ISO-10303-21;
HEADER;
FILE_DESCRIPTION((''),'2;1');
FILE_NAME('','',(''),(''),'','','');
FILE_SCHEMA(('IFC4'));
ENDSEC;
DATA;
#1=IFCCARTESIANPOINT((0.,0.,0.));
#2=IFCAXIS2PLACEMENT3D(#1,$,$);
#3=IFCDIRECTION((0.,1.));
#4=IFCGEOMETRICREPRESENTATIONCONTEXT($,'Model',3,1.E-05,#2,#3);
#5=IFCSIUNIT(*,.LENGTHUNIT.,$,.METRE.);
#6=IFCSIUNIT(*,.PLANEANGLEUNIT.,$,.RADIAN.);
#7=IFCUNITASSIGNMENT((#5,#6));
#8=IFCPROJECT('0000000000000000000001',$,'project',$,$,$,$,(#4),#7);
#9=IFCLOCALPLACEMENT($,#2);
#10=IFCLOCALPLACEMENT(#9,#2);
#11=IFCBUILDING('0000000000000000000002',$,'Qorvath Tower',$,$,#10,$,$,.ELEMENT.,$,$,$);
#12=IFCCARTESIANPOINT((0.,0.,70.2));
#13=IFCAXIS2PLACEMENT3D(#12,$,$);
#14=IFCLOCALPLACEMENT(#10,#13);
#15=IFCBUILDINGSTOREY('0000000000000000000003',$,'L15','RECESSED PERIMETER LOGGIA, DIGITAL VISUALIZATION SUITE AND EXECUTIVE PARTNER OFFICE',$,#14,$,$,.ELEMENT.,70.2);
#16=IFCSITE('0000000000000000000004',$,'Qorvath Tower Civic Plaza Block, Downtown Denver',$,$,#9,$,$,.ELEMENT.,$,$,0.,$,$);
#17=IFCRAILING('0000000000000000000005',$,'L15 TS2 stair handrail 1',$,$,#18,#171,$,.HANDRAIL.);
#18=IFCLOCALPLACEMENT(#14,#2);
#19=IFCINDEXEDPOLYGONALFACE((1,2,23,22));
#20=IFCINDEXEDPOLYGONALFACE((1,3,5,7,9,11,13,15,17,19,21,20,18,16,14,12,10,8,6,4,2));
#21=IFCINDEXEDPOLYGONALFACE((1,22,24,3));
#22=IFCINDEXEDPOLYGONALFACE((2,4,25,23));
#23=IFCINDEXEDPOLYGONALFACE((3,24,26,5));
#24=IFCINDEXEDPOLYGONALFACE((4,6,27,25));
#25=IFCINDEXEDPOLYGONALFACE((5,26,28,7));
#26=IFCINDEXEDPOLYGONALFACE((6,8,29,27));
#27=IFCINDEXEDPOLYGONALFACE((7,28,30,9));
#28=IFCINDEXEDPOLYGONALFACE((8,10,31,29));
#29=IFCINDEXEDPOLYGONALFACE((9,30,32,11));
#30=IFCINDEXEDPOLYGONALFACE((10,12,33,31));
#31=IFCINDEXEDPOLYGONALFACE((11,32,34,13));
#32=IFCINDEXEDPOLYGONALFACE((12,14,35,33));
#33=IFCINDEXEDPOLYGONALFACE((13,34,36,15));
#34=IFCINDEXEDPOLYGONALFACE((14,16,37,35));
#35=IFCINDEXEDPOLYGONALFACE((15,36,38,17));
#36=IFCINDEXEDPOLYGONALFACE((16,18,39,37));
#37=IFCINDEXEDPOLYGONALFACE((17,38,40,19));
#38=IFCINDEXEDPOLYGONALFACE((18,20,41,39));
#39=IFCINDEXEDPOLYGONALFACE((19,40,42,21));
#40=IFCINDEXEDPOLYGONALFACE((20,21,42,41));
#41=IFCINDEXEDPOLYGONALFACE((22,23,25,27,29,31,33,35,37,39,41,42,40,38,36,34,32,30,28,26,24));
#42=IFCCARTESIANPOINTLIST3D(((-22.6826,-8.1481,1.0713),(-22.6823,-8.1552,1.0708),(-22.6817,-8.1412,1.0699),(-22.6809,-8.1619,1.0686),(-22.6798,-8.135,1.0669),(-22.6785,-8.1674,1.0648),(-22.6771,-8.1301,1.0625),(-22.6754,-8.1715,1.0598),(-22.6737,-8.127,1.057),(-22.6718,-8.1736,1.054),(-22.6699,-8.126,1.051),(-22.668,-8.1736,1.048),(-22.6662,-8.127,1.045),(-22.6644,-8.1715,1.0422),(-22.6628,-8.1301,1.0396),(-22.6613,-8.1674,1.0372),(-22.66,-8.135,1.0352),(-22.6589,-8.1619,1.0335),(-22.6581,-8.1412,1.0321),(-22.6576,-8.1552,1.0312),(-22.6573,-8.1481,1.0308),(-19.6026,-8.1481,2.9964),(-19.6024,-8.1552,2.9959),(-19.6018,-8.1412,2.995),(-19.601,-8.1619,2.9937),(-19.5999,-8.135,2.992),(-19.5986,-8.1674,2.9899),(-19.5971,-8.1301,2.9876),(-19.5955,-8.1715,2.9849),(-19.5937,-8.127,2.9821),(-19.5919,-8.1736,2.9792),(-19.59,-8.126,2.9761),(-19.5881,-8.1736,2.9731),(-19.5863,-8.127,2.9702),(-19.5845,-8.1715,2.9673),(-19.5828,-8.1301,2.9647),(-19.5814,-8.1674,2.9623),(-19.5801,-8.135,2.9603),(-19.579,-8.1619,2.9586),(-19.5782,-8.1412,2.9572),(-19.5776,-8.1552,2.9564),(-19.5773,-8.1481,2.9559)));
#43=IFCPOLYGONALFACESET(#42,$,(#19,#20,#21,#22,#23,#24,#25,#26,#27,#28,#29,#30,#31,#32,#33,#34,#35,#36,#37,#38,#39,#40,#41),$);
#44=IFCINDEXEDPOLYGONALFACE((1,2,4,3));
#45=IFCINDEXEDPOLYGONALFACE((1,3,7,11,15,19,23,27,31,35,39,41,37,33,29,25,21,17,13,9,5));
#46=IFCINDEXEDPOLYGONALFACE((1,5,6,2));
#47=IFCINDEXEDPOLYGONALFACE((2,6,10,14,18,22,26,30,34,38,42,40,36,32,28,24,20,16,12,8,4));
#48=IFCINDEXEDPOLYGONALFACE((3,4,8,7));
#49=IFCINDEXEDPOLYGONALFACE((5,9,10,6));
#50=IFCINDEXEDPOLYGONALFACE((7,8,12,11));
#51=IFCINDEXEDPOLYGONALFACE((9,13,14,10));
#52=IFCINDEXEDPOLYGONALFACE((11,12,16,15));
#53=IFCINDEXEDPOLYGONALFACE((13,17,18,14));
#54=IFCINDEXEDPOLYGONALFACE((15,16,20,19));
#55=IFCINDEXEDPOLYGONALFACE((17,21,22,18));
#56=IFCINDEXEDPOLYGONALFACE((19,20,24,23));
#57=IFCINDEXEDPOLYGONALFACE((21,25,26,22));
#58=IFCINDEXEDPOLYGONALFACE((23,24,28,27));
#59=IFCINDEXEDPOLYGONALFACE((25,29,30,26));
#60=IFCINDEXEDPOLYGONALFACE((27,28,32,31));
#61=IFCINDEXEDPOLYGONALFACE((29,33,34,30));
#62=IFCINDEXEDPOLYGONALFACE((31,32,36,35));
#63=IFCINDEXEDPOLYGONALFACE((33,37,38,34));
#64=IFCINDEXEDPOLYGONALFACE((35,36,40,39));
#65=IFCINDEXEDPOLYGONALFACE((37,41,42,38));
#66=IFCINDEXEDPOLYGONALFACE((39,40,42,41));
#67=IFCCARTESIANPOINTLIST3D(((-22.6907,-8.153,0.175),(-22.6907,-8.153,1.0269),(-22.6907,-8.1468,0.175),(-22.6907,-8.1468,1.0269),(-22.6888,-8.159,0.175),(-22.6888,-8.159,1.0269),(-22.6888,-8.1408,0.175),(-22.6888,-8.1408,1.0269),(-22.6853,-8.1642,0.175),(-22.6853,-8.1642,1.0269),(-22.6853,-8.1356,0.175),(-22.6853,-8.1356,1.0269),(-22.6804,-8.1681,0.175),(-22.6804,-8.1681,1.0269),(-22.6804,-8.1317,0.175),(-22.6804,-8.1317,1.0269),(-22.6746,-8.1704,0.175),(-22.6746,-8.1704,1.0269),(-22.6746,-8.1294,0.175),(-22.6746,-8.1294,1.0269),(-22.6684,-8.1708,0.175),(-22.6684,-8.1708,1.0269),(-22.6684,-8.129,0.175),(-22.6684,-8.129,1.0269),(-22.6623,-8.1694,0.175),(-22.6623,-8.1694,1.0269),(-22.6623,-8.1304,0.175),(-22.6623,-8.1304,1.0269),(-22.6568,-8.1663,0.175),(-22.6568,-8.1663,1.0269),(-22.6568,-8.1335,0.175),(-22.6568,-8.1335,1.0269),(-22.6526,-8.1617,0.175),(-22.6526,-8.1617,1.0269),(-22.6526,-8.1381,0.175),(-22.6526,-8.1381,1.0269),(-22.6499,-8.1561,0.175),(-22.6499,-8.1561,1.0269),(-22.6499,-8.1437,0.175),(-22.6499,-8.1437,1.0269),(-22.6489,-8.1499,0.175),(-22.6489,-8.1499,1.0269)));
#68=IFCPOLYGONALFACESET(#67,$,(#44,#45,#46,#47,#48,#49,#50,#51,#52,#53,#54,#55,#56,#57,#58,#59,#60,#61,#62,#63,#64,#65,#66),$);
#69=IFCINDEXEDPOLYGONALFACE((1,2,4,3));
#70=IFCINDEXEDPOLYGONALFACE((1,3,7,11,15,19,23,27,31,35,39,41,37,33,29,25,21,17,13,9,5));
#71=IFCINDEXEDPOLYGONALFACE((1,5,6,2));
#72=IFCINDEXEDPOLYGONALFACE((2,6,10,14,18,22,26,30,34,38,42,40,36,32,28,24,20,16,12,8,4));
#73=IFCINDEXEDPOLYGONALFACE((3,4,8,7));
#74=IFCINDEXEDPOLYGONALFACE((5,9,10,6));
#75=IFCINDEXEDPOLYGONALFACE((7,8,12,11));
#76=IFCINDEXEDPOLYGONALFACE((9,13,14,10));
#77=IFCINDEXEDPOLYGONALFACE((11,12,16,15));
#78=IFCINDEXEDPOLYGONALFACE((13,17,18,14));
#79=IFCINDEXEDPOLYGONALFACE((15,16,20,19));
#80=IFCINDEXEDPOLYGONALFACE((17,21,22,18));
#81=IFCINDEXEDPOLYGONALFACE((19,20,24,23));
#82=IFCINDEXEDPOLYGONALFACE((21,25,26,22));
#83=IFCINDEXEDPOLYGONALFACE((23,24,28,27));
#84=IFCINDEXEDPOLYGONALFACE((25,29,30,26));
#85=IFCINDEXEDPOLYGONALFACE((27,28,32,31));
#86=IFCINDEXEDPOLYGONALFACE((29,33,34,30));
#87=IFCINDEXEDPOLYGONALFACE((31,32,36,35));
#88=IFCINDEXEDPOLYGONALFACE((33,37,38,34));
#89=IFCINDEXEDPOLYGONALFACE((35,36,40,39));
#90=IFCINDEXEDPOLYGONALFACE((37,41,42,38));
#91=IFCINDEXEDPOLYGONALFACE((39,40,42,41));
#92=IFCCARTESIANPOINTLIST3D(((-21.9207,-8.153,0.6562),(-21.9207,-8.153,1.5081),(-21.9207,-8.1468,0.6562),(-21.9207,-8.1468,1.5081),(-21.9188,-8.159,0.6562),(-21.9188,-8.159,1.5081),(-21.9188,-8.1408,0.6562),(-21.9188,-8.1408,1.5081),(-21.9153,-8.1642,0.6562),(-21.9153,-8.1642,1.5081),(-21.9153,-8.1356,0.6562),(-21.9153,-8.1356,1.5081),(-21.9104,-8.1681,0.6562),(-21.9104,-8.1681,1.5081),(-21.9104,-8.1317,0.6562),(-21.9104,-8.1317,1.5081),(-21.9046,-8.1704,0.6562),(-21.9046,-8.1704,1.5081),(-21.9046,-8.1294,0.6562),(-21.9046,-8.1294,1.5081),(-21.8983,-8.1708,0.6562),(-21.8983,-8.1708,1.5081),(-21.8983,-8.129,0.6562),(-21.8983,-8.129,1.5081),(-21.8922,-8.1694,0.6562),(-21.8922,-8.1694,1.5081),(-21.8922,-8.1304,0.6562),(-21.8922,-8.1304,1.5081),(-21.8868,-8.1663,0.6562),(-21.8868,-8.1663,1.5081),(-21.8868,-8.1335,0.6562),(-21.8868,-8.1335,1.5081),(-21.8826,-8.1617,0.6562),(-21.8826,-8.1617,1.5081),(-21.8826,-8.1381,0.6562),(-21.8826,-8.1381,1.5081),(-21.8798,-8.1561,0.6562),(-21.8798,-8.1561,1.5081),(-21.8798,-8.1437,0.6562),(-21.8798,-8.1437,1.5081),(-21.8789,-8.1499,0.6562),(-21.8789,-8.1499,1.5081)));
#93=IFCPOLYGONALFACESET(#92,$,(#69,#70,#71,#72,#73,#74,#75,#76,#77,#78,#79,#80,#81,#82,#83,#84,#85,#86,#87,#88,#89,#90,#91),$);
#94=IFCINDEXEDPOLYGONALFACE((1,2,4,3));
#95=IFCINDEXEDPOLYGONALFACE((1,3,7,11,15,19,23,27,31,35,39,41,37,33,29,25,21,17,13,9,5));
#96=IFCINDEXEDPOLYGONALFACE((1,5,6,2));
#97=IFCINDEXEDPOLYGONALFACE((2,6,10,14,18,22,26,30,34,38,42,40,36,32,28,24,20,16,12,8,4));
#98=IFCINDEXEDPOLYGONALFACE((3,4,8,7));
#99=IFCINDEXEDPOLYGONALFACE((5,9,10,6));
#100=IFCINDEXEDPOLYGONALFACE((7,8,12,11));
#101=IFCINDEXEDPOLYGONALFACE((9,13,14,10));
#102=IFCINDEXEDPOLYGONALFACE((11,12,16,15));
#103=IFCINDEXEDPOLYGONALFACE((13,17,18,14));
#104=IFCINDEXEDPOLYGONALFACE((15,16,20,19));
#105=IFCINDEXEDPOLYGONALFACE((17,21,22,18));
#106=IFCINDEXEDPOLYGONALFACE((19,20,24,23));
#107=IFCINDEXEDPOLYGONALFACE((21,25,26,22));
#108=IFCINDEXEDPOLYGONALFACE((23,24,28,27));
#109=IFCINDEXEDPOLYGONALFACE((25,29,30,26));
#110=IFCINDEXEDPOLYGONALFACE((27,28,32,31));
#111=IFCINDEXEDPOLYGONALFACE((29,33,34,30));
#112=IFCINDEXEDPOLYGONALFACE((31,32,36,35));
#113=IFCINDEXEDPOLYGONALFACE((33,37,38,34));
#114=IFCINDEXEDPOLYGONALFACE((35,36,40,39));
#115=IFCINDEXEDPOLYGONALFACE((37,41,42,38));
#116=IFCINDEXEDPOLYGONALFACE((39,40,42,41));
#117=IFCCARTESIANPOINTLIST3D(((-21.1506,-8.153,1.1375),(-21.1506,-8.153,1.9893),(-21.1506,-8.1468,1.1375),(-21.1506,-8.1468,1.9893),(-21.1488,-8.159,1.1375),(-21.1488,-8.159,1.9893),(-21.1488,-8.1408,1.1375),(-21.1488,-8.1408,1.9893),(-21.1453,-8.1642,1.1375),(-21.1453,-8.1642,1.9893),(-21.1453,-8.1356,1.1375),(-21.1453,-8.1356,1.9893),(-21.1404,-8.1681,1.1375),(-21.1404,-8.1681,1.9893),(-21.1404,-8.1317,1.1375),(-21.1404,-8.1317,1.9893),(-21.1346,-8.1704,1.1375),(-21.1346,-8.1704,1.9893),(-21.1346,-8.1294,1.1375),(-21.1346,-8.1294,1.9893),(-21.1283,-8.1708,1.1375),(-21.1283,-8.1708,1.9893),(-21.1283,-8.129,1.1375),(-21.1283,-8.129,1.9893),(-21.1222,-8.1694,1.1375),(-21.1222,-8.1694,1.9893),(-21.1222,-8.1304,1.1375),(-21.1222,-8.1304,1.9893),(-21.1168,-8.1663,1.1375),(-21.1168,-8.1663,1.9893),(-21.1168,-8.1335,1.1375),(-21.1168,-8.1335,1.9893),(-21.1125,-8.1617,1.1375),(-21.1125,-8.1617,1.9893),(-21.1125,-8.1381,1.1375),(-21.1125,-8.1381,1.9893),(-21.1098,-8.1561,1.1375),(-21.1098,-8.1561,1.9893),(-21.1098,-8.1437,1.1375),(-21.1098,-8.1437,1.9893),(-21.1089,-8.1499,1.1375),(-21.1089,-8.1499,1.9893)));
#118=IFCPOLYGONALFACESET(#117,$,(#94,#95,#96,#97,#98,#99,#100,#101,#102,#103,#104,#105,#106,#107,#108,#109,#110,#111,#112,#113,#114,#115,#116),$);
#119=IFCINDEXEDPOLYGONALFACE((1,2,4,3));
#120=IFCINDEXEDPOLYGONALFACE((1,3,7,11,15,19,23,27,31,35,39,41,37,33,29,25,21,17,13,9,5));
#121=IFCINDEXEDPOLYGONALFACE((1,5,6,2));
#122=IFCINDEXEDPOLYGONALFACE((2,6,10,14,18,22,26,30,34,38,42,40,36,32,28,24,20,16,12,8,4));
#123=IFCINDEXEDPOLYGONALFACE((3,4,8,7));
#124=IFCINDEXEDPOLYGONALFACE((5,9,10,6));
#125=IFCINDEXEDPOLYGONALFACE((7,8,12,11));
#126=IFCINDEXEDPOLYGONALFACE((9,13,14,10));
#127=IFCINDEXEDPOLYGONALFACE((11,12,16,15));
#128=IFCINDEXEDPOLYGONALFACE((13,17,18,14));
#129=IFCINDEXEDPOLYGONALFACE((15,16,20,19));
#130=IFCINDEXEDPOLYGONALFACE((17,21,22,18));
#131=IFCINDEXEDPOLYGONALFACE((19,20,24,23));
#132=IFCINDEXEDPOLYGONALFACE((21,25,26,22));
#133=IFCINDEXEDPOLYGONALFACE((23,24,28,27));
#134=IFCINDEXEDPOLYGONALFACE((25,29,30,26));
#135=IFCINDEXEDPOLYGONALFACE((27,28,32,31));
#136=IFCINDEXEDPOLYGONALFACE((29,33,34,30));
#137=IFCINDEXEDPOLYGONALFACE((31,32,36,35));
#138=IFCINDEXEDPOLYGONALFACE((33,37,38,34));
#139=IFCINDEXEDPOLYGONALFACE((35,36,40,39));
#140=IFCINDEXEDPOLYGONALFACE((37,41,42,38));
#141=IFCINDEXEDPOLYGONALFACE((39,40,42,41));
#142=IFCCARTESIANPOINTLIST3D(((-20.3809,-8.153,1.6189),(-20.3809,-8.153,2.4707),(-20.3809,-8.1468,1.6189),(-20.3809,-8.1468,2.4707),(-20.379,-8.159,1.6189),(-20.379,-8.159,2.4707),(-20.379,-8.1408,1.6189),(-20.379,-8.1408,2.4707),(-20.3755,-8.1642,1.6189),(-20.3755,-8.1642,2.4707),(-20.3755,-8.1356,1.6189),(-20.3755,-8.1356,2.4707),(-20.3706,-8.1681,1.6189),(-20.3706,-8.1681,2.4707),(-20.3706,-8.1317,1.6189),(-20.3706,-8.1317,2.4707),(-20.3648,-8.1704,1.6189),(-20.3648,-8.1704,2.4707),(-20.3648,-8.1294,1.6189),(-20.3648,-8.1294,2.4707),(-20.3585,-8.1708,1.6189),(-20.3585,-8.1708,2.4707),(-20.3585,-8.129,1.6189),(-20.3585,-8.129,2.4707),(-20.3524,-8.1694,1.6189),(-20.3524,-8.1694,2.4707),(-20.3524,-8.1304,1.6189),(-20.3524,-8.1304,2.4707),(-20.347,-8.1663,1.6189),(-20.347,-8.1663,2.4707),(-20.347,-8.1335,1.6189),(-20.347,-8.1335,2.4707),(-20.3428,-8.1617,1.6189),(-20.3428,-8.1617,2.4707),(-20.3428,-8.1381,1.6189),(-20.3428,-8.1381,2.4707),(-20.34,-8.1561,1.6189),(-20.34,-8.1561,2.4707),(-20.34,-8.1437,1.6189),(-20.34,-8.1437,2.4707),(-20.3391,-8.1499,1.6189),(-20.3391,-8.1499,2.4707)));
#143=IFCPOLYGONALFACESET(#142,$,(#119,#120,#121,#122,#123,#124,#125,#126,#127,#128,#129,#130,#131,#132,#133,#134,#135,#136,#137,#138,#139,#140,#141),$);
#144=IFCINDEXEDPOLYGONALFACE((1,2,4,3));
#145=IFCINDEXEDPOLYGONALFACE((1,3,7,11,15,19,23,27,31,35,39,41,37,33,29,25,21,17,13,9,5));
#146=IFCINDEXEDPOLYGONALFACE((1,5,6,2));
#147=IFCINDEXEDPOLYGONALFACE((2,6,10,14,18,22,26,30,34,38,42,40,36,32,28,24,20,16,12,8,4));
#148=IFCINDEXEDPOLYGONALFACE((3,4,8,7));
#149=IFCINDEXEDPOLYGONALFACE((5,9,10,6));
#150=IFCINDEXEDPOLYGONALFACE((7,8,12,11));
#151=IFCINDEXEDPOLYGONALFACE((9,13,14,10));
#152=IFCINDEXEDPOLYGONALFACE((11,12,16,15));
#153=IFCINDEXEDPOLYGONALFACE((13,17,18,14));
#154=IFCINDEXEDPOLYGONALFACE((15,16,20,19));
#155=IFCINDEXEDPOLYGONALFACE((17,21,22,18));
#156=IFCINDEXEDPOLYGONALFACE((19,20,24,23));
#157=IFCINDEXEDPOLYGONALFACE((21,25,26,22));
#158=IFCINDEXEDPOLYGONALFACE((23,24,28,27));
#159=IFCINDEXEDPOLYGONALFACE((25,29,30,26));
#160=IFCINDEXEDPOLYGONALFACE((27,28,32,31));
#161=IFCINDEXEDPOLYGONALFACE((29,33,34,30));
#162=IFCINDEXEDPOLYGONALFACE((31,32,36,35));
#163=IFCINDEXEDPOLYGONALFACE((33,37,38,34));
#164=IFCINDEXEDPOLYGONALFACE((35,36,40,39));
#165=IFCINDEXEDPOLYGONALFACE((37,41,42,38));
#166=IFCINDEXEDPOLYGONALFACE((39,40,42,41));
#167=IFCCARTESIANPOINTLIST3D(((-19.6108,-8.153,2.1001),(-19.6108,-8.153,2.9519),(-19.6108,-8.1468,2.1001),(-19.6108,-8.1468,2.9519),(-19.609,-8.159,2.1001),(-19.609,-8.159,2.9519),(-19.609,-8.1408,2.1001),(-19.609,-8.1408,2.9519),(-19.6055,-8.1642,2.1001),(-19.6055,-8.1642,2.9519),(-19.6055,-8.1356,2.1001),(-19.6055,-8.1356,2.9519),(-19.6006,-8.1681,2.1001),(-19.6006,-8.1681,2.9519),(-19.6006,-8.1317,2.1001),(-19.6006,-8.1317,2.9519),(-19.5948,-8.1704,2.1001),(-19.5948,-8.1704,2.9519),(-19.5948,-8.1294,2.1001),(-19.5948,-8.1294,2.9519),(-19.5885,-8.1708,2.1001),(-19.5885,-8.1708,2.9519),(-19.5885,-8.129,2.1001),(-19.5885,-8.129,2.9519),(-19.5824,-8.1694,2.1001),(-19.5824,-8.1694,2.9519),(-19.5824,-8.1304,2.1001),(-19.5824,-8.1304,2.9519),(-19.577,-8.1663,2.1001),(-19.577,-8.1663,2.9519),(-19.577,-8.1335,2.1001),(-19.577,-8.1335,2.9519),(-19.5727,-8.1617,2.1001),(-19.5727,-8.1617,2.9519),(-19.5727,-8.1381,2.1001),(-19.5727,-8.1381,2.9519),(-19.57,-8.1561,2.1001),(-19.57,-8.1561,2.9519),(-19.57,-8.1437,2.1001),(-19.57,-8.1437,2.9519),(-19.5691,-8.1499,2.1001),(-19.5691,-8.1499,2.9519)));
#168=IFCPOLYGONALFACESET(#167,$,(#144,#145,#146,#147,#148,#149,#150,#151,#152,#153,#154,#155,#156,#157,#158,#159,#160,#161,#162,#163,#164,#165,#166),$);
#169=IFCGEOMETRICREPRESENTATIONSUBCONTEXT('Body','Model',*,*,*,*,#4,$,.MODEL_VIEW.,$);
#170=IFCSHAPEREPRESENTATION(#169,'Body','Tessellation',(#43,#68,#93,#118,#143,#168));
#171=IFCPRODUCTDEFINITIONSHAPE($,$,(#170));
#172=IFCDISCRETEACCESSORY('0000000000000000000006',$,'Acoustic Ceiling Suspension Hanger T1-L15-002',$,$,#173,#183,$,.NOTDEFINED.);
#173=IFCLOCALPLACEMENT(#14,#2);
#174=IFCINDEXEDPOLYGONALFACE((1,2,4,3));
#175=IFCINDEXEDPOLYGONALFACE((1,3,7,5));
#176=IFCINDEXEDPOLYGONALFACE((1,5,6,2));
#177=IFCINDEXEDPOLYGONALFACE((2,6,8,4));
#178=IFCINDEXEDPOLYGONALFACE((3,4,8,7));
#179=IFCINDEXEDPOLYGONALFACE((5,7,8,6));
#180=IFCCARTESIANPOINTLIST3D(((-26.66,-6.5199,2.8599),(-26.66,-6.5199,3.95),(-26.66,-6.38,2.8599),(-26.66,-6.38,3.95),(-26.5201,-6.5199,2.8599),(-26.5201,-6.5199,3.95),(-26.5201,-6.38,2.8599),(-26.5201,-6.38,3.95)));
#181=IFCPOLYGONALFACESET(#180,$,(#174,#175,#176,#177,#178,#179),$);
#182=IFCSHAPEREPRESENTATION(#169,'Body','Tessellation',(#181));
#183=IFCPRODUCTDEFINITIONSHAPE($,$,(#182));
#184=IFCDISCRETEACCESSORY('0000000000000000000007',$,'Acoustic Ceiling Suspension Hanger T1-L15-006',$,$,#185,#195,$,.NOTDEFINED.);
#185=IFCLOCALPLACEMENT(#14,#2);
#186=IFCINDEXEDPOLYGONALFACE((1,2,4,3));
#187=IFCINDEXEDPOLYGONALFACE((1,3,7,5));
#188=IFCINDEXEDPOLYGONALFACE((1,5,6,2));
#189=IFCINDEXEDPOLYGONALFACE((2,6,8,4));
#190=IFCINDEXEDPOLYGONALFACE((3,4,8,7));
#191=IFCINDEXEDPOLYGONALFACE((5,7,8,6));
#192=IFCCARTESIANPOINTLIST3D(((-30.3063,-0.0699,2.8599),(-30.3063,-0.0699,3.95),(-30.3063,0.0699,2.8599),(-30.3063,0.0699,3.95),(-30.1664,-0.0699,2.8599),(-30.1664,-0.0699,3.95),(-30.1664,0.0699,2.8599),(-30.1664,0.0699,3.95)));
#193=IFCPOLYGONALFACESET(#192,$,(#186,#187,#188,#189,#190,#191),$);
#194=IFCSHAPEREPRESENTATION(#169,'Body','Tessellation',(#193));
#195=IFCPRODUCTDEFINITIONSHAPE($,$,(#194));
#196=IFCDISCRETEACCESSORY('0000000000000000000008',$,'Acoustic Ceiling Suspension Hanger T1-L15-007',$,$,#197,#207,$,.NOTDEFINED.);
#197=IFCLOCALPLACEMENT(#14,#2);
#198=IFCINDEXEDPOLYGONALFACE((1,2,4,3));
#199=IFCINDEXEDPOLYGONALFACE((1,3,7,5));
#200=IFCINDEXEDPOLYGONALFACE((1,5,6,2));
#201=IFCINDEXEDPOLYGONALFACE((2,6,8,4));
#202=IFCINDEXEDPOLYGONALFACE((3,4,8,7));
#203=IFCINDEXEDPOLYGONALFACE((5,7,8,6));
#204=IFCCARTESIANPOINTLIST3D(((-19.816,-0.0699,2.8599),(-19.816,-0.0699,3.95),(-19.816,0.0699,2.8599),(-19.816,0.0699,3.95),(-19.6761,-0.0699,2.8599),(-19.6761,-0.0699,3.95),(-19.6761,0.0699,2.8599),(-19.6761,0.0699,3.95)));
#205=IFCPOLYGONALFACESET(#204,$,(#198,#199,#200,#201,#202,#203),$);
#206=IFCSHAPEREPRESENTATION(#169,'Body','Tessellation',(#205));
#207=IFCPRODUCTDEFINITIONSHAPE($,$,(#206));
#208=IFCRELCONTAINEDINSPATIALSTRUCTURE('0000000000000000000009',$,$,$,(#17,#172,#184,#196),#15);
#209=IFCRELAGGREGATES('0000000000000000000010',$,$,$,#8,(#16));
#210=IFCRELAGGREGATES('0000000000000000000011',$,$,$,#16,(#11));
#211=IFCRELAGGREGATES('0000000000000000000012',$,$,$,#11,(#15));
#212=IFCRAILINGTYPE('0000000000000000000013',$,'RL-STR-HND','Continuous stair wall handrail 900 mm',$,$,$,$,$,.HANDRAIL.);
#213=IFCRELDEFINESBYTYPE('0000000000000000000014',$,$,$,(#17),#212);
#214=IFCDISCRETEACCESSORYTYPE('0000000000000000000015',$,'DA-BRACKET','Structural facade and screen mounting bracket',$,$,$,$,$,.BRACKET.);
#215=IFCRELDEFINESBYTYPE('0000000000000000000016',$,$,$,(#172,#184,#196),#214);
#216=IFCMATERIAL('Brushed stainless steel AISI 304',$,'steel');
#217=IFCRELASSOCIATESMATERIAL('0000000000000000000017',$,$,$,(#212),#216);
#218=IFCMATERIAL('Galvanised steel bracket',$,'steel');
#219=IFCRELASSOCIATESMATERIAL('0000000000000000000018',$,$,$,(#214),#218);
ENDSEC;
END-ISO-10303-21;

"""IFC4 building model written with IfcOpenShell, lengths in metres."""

from ifc_helpers import new_model, si_unit, direction, frame, origin, origin_2d, place, context, subcontext, project, spatial, rectangle, circle, extrude, material, type_object, element, save


model = new_model("IFC4")

# Units and contexts
model_context = context("Model", 3, precision=1e-05, world=origin(), true_north=direction((0.0, 1.0)))
body_context = subcontext(model_context, "Body", "Model", "MODEL_VIEW")
ifc_project = project(units=[si_unit("LENGTHUNIT", "METRE"), si_unit("PLANEANGLEUNIT", "RADIAN")], contexts=[model_context])

# Site, building, storey
site_placement = place(None, origin())
site = spatial("IfcSite", under=ifc_project, at=site_placement, Name="Qorvath Tower Civic Plaza Block, Downtown Denver", CompositionType="ELEMENT", RefElevation=0.0)
building_placement = place(site_placement, origin())
building = spatial("IfcBuilding", under=site, at=building_placement, Name="Qorvath Tower", CompositionType="ELEMENT")
storey_placement = place(building_placement, frame((0.0, 0.0, 70.2)))
storey = spatial("IfcBuildingStorey", under=building, at=storey_placement, Name="L15", Description="RECESSED PERIMETER LOGGIA, DIGITAL VISUALIZATION SUITE AND EXECUTIVE PARTNER OFFICE", CompositionType="ELEMENT", Elevation=70.2)

# Railing
ifc_material_1 = material(Name="Brushed stainless steel AISI 304", Category="steel")
railing_type_1 = type_object("IfcRailingType", Name="RL-STR-HND", Description="Continuous stair wall handrail 900 mm", PredefinedType="HANDRAIL", material=ifc_material_1)
railing_1_placement = place(storey_placement, frame((-22.6699, -8.1499, 0.175)))
element("IfcRailing", 1, at=railing_1_placement, inside=storey, type_object=railing_type_1, Name="L15 TS2 stair handrail 1", PredefinedType="HANDRAIL", context=body_context, shape_type="SweptSolid", body=[
    extrude(circle(Radius=0.0239, at=origin_2d()), frame((0.0, 0.0, 0.876), z_axis=(0.847979, 0.0, 0.530029), x_axis=(0.0, 1.0, 0.0)), (0.0, 0.0, 1.0), 3.6321),
    extrude(circle(Radius=0.021, at=origin_2d()), origin(), (0.0, 0.0, 1.0), 0.8518),
    extrude(circle(Radius=0.021, at=origin_2d()), frame((0.77, 0.0, 0.4812)), (0.0, 0.0, 1.0), 0.8518),
    extrude(circle(Radius=0.021, at=origin_2d()), frame((1.54, 0.0, 0.9624)), (0.0, 0.0, 1.0), 0.8518),
    extrude(circle(Radius=0.021, at=origin_2d()), frame((2.3098, 0.0, 1.4438)), (0.0, 0.0, 1.0), 0.8518),
    extrude(circle(Radius=0.021, at=origin_2d()), frame((3.0798, 0.0, 1.925)), (0.0, 0.0, 1.0), 0.8518),
])

# Discrete accessories
ifc_material_2 = material(Name="Galvanised steel bracket", Category="steel")
discrete_accessory_type = type_object("IfcDiscreteAccessoryType", Name="DA-BRACKET", Description="Structural facade and screen mounting bracket", PredefinedType="BRACKET", material=ifc_material_2)
for number, where, z_axis, x_axis, name in (
    (2, (-26.5901, -6.45, 2.8599), (0.0, 0.0, 1.0), (1.0, 0.0, 0.0), "Acoustic Ceiling Suspension Hanger T1-L15-002"),
    (3, (-30.2363, 0.0, 2.8599), (0.0, 0.0, 1.0), (1.0, 0.0, 0.0), "Acoustic Ceiling Suspension Hanger T1-L15-006"),
    (4, (-19.7461, 0.0, 2.8599), (0.0, 0.0, 1.0), (1.0, 0.0, 0.0), "Acoustic Ceiling Suspension Hanger T1-L15-007"),
):
    element("IfcDiscreteAccessory", number, at=place(storey_placement, frame(where, z_axis=z_axis, x_axis=x_axis)), inside=storey, type_object=discrete_accessory_type, Name=name, PredefinedType="NOTDEFINED", context=body_context, shape_type="SweptSolid", body=[
        extrude(rectangle(XDim=0.1399, YDim=0.1399, at=origin_2d()), origin(), (0.0, 0.0, 1.0), 1.0901),
    ])

save(model, "model.ifc")
